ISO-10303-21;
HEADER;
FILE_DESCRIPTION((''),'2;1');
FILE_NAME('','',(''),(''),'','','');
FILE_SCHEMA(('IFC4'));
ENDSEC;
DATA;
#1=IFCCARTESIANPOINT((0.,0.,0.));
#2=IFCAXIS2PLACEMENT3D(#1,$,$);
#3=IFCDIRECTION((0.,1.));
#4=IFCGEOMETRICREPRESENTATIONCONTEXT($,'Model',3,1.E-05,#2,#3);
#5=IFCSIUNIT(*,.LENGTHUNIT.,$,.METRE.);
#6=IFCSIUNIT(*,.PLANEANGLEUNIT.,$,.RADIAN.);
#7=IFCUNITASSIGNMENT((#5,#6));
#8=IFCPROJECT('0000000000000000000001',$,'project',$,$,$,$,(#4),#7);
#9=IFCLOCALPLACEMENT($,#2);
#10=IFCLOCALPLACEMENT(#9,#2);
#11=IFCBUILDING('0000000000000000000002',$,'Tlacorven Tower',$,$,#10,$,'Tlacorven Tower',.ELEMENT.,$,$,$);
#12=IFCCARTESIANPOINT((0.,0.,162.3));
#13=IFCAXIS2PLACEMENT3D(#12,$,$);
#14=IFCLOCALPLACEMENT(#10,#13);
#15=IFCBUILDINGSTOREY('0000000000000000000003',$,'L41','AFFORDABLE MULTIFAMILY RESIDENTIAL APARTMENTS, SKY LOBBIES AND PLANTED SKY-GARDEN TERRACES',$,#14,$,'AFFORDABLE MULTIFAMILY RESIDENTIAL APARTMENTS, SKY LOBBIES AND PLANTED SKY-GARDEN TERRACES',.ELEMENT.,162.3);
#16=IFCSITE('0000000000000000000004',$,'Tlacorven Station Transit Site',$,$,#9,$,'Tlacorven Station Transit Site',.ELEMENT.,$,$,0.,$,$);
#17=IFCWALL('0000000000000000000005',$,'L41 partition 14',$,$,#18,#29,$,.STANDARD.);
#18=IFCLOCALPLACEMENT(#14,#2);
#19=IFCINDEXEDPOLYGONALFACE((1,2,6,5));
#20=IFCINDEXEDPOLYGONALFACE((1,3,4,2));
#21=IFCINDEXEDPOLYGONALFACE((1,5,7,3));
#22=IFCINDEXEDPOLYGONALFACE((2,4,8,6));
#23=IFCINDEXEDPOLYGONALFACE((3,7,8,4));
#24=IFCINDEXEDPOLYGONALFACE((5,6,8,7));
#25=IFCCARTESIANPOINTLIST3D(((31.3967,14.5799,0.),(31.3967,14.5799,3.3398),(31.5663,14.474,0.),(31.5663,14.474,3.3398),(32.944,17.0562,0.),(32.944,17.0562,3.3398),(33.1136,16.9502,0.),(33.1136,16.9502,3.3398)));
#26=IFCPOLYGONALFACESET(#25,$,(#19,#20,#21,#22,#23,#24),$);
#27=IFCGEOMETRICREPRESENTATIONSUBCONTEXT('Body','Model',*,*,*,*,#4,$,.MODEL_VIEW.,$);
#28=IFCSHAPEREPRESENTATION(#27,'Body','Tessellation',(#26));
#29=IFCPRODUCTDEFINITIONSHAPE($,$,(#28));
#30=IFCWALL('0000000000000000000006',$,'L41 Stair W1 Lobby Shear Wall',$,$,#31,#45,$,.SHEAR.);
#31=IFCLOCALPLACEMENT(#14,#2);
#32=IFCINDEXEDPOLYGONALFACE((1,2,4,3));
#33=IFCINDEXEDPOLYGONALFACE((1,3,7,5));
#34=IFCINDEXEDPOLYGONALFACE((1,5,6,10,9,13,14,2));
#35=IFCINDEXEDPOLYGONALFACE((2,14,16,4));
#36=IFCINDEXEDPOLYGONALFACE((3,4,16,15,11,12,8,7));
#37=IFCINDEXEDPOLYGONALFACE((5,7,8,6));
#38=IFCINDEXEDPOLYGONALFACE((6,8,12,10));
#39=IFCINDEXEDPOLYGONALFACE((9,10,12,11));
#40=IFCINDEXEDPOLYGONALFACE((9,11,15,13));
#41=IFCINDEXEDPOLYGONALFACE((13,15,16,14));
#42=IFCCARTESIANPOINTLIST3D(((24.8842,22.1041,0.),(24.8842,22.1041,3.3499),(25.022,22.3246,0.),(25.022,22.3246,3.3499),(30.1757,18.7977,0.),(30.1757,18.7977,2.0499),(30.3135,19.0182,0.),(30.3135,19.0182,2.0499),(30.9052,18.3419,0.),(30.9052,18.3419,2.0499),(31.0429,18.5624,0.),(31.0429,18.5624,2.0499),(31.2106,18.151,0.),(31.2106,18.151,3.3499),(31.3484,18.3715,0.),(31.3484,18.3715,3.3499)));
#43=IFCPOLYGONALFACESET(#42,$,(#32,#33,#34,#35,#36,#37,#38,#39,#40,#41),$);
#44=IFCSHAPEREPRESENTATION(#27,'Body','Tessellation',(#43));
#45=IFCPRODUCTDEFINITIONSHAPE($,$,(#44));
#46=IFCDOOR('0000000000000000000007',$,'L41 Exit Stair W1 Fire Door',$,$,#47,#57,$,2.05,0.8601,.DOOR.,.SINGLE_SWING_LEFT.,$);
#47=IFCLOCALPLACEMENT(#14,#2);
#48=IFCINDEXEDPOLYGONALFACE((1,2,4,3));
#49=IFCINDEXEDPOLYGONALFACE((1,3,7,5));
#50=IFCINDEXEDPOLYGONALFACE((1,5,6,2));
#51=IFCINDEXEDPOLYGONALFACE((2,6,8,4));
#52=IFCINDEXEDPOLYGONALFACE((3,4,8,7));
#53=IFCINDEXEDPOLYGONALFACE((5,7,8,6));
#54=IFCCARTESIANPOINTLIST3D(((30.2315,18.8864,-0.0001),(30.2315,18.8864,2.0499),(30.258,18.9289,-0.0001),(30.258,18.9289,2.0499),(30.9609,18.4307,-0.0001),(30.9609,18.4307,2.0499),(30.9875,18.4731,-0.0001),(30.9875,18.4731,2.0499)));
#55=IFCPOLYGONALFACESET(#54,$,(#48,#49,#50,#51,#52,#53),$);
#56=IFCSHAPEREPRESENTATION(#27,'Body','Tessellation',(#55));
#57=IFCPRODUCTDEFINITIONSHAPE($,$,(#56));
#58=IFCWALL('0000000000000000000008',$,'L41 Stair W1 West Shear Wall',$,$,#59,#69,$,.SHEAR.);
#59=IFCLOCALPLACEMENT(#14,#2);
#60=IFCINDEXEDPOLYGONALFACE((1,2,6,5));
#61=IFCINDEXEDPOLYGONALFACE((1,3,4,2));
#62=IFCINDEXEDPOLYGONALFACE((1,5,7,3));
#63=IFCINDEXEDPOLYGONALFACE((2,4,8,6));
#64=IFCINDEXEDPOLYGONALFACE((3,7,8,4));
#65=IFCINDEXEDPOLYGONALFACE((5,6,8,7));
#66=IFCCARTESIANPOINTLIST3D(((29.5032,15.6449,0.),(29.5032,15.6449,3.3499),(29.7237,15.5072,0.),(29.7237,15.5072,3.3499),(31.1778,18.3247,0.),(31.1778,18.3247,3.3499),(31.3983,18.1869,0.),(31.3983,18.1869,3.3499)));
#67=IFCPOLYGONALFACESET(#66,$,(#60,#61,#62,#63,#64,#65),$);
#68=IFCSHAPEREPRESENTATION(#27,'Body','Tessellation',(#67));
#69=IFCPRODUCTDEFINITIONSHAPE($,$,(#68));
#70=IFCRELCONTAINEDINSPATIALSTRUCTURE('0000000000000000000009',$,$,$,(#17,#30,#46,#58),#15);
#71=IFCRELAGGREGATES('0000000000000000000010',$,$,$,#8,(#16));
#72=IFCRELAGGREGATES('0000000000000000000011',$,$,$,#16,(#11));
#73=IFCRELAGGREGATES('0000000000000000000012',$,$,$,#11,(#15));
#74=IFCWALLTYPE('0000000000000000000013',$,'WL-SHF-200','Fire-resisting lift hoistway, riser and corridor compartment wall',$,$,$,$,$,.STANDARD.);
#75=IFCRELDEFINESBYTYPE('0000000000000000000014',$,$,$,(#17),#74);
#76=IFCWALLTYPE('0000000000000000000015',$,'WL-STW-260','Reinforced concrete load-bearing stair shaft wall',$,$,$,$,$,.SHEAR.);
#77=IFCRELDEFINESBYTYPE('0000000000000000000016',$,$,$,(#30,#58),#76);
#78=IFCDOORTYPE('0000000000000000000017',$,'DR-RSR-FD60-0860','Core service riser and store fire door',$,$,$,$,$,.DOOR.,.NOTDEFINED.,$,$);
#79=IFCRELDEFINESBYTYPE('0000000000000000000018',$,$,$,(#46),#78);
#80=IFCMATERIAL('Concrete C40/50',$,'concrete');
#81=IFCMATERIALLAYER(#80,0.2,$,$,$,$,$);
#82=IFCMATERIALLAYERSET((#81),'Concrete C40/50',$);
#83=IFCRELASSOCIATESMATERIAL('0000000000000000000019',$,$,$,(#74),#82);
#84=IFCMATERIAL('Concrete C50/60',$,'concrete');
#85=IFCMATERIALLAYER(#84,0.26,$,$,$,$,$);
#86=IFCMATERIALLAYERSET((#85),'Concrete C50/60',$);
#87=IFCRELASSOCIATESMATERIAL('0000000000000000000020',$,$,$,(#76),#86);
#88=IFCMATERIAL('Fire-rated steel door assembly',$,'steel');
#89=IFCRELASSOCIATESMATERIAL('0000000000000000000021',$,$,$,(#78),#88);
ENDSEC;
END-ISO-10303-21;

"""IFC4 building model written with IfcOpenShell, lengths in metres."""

from ifc_helpers import new_model, si_unit, direction, frame, frame_2d, origin, place, context, subcontext, project, spatial, rectangle, extrude, source, transform, mapped, material, layer, layer_set, type_object, element, fill, save


model = new_model("IFC4")

# Units and contexts
model_context = context("Model", 3, precision=1e-05, world=origin(), true_north=direction((0.0, 1.0)))
body_context = subcontext(model_context, "Body", "Model", "MODEL_VIEW")
ifc_project = project(units=[si_unit("LENGTHUNIT", "METRE"), si_unit("PLANEANGLEUNIT", "RADIAN")], contexts=[model_context])

# Site, building, storey
site_placement = place(None, origin())
site = spatial("IfcSite", under=ifc_project, at=site_placement, Name="Tlacorven Station Transit Site", LongName="Tlacorven Station Transit Site", CompositionType="ELEMENT", RefElevation=0.0)
building_placement = place(site_placement, origin())
building = spatial("IfcBuilding", under=site, at=building_placement, Name="Tlacorven Tower", LongName="Tlacorven Tower", CompositionType="ELEMENT")
storey_placement = place(building_placement, frame((0.0, 0.0, 162.3)))
storey = spatial("IfcBuildingStorey", under=building, at=storey_placement, Name="L41", Description="AFFORDABLE MULTIFAMILY RESIDENTIAL APARTMENTS, SKY LOBBIES AND PLANTED SKY-GARDEN TERRACES", LongName="AFFORDABLE MULTIFAMILY RESIDENTIAL APARTMENTS, SKY LOBBIES AND PLANTED SKY-GARDEN TERRACES", CompositionType="ELEMENT", Elevation=162.3)

# Shared definitions
ifc_material_1 = material(Name="Fire-rated steel door assembly", Category="steel")

# Wall
ifc_material_2 = material(Name="Concrete C40/50", Category="concrete")
ifc_layer_1 = layer(ifc_material_2, 0.2)
ifc_layer_set_1 = layer_set([ifc_layer_1], Name="Concrete C40/50")
wall_type_1 = type_object("IfcWallType", Name="WL-SHF-200", Description="Fire-resisting lift hoistway, riser and corridor compartment wall", PredefinedType="STANDARD", material=ifc_layer_set_1)
wall_1_placement = place(storey_placement, frame((33.0288, 17.0032, 0.0), z_axis=(0.0, 0.0, 1.0), x_axis=(-0.529916, -0.84805, 0.0)))
element("IfcWall", 1, at=wall_1_placement, inside=storey, type_object=wall_type_1, Name="L41 partition 14", PredefinedType="STANDARD", context=body_context, shape_type="SweptSolid", body=[
    extrude(rectangle(XDim=2.9199, YDim=0.2, at=frame_2d((1.46, 0.0))), origin(), (0.0, 0.0, 1.0), 3.3398),
])

# Wall, opening, door
ifc_material_3 = material(Name="Concrete C50/60", Category="concrete")
ifc_layer_2 = layer(ifc_material_3, 0.26)
ifc_layer_set_2 = layer_set([ifc_layer_2], Name="Concrete C50/60")
wall_type_2 = type_object("IfcWallType", Name="WL-STW-260", Description="Reinforced concrete load-bearing stair shaft wall", PredefinedType="SHEAR", material=ifc_layer_set_2)
wall_2_placement = place(storey_placement, frame((31.2795, 18.2612, 0.0), z_axis=(0.0, 0.0, 1.0), x_axis=(-0.848052, 0.529914, 0.0)))
wall_2 = element("IfcWall", 2, at=wall_2_placement, inside=storey, type_object=wall_type_2, Name="L41 Stair W1 Lobby Shear Wall", PredefinedType="SHEAR", context=body_context, shape_type="SweptSolid", body=[
    extrude(rectangle(XDim=7.46, YDim=0.26, at=frame_2d((3.73, 0.0))), origin(), (0.0, 0.0, 1.0), 3.3499),
])
opening_1_placement = place(wall_2_placement, frame((0.3601, 0.0, 0.0)))
opening_1 = element("IfcOpeningElement", 3, at=opening_1_placement, cuts=wall_2, PredefinedType="OPENING", context=body_context, shape_type="SweptSolid", body=[
    extrude(rectangle(XDim=0.8601, YDim=2.05, at=frame_2d((0.4302, 1.0249))), frame((0.0, 0.1401, 0.0), z_axis=(0.0, -1.0, 0.0), x_axis=(1.0, 0.0, 0.0)), (0.0, 0.0, 1.0), 0.28),
])
door_type_1 = type_object("IfcDoorType", Name="DR-RSR-FD60-0860", Description="Core service riser and store fire door", OperationType="NOTDEFINED", PredefinedType="DOOR", material=ifc_material_1)
shared_shape_1 = source(origin(), body_context, "Body", "SweptSolid", [
    extrude(rectangle(XDim=0.8601, YDim=2.05, at=frame_2d((0.4302, 1.0249))), frame((0.0, 0.0249, 0.0), z_axis=(0.0, -1.0, 0.0), x_axis=(1.0, 0.0, 0.0)), (0.0, 0.0, 1.0), 0.05),
])
door_1_placement = place(opening_1_placement, frame((0.8601, 0.0, 0.0), z_axis=(0.0, 0.0, 1.0), x_axis=(-1.0, 0.0, 0.0)))
door_1 = element("IfcDoor", 4, at=door_1_placement, inside=storey, type_object=door_type_1, Name="L41 Exit Stair W1 Fire Door", OperationType="SINGLE_SWING_LEFT", OverallHeight=2.05, OverallWidth=0.8601, PredefinedType="DOOR", context=body_context, shape_type="MappedRepresentation", body=[
    mapped(shared_shape_1, transform((0.0, 0.0, 0.0), scale=1.0)),
])
fill(opening_1, door_1)

# Wall
wall_3_placement = place(storey_placement, frame((31.2881, 18.2559, 0.0), z_axis=(0.0, 0.0, 1.0), x_axis=(-0.529943, -0.848033, 0.0)))
element("IfcWall", 5, at=wall_3_placement, inside=storey, type_object=wall_type_2, Name="L41 Stair W1 West Shear Wall", PredefinedType="SHEAR", context=body_context, shape_type="SweptSolid", body=[
    extrude(rectangle(XDim=3.1599, YDim=0.26, at=frame_2d((1.5801, 0.0))), origin(), (0.0, 0.0, 1.0), 3.3499),
])

save(model, "model.ifc")
